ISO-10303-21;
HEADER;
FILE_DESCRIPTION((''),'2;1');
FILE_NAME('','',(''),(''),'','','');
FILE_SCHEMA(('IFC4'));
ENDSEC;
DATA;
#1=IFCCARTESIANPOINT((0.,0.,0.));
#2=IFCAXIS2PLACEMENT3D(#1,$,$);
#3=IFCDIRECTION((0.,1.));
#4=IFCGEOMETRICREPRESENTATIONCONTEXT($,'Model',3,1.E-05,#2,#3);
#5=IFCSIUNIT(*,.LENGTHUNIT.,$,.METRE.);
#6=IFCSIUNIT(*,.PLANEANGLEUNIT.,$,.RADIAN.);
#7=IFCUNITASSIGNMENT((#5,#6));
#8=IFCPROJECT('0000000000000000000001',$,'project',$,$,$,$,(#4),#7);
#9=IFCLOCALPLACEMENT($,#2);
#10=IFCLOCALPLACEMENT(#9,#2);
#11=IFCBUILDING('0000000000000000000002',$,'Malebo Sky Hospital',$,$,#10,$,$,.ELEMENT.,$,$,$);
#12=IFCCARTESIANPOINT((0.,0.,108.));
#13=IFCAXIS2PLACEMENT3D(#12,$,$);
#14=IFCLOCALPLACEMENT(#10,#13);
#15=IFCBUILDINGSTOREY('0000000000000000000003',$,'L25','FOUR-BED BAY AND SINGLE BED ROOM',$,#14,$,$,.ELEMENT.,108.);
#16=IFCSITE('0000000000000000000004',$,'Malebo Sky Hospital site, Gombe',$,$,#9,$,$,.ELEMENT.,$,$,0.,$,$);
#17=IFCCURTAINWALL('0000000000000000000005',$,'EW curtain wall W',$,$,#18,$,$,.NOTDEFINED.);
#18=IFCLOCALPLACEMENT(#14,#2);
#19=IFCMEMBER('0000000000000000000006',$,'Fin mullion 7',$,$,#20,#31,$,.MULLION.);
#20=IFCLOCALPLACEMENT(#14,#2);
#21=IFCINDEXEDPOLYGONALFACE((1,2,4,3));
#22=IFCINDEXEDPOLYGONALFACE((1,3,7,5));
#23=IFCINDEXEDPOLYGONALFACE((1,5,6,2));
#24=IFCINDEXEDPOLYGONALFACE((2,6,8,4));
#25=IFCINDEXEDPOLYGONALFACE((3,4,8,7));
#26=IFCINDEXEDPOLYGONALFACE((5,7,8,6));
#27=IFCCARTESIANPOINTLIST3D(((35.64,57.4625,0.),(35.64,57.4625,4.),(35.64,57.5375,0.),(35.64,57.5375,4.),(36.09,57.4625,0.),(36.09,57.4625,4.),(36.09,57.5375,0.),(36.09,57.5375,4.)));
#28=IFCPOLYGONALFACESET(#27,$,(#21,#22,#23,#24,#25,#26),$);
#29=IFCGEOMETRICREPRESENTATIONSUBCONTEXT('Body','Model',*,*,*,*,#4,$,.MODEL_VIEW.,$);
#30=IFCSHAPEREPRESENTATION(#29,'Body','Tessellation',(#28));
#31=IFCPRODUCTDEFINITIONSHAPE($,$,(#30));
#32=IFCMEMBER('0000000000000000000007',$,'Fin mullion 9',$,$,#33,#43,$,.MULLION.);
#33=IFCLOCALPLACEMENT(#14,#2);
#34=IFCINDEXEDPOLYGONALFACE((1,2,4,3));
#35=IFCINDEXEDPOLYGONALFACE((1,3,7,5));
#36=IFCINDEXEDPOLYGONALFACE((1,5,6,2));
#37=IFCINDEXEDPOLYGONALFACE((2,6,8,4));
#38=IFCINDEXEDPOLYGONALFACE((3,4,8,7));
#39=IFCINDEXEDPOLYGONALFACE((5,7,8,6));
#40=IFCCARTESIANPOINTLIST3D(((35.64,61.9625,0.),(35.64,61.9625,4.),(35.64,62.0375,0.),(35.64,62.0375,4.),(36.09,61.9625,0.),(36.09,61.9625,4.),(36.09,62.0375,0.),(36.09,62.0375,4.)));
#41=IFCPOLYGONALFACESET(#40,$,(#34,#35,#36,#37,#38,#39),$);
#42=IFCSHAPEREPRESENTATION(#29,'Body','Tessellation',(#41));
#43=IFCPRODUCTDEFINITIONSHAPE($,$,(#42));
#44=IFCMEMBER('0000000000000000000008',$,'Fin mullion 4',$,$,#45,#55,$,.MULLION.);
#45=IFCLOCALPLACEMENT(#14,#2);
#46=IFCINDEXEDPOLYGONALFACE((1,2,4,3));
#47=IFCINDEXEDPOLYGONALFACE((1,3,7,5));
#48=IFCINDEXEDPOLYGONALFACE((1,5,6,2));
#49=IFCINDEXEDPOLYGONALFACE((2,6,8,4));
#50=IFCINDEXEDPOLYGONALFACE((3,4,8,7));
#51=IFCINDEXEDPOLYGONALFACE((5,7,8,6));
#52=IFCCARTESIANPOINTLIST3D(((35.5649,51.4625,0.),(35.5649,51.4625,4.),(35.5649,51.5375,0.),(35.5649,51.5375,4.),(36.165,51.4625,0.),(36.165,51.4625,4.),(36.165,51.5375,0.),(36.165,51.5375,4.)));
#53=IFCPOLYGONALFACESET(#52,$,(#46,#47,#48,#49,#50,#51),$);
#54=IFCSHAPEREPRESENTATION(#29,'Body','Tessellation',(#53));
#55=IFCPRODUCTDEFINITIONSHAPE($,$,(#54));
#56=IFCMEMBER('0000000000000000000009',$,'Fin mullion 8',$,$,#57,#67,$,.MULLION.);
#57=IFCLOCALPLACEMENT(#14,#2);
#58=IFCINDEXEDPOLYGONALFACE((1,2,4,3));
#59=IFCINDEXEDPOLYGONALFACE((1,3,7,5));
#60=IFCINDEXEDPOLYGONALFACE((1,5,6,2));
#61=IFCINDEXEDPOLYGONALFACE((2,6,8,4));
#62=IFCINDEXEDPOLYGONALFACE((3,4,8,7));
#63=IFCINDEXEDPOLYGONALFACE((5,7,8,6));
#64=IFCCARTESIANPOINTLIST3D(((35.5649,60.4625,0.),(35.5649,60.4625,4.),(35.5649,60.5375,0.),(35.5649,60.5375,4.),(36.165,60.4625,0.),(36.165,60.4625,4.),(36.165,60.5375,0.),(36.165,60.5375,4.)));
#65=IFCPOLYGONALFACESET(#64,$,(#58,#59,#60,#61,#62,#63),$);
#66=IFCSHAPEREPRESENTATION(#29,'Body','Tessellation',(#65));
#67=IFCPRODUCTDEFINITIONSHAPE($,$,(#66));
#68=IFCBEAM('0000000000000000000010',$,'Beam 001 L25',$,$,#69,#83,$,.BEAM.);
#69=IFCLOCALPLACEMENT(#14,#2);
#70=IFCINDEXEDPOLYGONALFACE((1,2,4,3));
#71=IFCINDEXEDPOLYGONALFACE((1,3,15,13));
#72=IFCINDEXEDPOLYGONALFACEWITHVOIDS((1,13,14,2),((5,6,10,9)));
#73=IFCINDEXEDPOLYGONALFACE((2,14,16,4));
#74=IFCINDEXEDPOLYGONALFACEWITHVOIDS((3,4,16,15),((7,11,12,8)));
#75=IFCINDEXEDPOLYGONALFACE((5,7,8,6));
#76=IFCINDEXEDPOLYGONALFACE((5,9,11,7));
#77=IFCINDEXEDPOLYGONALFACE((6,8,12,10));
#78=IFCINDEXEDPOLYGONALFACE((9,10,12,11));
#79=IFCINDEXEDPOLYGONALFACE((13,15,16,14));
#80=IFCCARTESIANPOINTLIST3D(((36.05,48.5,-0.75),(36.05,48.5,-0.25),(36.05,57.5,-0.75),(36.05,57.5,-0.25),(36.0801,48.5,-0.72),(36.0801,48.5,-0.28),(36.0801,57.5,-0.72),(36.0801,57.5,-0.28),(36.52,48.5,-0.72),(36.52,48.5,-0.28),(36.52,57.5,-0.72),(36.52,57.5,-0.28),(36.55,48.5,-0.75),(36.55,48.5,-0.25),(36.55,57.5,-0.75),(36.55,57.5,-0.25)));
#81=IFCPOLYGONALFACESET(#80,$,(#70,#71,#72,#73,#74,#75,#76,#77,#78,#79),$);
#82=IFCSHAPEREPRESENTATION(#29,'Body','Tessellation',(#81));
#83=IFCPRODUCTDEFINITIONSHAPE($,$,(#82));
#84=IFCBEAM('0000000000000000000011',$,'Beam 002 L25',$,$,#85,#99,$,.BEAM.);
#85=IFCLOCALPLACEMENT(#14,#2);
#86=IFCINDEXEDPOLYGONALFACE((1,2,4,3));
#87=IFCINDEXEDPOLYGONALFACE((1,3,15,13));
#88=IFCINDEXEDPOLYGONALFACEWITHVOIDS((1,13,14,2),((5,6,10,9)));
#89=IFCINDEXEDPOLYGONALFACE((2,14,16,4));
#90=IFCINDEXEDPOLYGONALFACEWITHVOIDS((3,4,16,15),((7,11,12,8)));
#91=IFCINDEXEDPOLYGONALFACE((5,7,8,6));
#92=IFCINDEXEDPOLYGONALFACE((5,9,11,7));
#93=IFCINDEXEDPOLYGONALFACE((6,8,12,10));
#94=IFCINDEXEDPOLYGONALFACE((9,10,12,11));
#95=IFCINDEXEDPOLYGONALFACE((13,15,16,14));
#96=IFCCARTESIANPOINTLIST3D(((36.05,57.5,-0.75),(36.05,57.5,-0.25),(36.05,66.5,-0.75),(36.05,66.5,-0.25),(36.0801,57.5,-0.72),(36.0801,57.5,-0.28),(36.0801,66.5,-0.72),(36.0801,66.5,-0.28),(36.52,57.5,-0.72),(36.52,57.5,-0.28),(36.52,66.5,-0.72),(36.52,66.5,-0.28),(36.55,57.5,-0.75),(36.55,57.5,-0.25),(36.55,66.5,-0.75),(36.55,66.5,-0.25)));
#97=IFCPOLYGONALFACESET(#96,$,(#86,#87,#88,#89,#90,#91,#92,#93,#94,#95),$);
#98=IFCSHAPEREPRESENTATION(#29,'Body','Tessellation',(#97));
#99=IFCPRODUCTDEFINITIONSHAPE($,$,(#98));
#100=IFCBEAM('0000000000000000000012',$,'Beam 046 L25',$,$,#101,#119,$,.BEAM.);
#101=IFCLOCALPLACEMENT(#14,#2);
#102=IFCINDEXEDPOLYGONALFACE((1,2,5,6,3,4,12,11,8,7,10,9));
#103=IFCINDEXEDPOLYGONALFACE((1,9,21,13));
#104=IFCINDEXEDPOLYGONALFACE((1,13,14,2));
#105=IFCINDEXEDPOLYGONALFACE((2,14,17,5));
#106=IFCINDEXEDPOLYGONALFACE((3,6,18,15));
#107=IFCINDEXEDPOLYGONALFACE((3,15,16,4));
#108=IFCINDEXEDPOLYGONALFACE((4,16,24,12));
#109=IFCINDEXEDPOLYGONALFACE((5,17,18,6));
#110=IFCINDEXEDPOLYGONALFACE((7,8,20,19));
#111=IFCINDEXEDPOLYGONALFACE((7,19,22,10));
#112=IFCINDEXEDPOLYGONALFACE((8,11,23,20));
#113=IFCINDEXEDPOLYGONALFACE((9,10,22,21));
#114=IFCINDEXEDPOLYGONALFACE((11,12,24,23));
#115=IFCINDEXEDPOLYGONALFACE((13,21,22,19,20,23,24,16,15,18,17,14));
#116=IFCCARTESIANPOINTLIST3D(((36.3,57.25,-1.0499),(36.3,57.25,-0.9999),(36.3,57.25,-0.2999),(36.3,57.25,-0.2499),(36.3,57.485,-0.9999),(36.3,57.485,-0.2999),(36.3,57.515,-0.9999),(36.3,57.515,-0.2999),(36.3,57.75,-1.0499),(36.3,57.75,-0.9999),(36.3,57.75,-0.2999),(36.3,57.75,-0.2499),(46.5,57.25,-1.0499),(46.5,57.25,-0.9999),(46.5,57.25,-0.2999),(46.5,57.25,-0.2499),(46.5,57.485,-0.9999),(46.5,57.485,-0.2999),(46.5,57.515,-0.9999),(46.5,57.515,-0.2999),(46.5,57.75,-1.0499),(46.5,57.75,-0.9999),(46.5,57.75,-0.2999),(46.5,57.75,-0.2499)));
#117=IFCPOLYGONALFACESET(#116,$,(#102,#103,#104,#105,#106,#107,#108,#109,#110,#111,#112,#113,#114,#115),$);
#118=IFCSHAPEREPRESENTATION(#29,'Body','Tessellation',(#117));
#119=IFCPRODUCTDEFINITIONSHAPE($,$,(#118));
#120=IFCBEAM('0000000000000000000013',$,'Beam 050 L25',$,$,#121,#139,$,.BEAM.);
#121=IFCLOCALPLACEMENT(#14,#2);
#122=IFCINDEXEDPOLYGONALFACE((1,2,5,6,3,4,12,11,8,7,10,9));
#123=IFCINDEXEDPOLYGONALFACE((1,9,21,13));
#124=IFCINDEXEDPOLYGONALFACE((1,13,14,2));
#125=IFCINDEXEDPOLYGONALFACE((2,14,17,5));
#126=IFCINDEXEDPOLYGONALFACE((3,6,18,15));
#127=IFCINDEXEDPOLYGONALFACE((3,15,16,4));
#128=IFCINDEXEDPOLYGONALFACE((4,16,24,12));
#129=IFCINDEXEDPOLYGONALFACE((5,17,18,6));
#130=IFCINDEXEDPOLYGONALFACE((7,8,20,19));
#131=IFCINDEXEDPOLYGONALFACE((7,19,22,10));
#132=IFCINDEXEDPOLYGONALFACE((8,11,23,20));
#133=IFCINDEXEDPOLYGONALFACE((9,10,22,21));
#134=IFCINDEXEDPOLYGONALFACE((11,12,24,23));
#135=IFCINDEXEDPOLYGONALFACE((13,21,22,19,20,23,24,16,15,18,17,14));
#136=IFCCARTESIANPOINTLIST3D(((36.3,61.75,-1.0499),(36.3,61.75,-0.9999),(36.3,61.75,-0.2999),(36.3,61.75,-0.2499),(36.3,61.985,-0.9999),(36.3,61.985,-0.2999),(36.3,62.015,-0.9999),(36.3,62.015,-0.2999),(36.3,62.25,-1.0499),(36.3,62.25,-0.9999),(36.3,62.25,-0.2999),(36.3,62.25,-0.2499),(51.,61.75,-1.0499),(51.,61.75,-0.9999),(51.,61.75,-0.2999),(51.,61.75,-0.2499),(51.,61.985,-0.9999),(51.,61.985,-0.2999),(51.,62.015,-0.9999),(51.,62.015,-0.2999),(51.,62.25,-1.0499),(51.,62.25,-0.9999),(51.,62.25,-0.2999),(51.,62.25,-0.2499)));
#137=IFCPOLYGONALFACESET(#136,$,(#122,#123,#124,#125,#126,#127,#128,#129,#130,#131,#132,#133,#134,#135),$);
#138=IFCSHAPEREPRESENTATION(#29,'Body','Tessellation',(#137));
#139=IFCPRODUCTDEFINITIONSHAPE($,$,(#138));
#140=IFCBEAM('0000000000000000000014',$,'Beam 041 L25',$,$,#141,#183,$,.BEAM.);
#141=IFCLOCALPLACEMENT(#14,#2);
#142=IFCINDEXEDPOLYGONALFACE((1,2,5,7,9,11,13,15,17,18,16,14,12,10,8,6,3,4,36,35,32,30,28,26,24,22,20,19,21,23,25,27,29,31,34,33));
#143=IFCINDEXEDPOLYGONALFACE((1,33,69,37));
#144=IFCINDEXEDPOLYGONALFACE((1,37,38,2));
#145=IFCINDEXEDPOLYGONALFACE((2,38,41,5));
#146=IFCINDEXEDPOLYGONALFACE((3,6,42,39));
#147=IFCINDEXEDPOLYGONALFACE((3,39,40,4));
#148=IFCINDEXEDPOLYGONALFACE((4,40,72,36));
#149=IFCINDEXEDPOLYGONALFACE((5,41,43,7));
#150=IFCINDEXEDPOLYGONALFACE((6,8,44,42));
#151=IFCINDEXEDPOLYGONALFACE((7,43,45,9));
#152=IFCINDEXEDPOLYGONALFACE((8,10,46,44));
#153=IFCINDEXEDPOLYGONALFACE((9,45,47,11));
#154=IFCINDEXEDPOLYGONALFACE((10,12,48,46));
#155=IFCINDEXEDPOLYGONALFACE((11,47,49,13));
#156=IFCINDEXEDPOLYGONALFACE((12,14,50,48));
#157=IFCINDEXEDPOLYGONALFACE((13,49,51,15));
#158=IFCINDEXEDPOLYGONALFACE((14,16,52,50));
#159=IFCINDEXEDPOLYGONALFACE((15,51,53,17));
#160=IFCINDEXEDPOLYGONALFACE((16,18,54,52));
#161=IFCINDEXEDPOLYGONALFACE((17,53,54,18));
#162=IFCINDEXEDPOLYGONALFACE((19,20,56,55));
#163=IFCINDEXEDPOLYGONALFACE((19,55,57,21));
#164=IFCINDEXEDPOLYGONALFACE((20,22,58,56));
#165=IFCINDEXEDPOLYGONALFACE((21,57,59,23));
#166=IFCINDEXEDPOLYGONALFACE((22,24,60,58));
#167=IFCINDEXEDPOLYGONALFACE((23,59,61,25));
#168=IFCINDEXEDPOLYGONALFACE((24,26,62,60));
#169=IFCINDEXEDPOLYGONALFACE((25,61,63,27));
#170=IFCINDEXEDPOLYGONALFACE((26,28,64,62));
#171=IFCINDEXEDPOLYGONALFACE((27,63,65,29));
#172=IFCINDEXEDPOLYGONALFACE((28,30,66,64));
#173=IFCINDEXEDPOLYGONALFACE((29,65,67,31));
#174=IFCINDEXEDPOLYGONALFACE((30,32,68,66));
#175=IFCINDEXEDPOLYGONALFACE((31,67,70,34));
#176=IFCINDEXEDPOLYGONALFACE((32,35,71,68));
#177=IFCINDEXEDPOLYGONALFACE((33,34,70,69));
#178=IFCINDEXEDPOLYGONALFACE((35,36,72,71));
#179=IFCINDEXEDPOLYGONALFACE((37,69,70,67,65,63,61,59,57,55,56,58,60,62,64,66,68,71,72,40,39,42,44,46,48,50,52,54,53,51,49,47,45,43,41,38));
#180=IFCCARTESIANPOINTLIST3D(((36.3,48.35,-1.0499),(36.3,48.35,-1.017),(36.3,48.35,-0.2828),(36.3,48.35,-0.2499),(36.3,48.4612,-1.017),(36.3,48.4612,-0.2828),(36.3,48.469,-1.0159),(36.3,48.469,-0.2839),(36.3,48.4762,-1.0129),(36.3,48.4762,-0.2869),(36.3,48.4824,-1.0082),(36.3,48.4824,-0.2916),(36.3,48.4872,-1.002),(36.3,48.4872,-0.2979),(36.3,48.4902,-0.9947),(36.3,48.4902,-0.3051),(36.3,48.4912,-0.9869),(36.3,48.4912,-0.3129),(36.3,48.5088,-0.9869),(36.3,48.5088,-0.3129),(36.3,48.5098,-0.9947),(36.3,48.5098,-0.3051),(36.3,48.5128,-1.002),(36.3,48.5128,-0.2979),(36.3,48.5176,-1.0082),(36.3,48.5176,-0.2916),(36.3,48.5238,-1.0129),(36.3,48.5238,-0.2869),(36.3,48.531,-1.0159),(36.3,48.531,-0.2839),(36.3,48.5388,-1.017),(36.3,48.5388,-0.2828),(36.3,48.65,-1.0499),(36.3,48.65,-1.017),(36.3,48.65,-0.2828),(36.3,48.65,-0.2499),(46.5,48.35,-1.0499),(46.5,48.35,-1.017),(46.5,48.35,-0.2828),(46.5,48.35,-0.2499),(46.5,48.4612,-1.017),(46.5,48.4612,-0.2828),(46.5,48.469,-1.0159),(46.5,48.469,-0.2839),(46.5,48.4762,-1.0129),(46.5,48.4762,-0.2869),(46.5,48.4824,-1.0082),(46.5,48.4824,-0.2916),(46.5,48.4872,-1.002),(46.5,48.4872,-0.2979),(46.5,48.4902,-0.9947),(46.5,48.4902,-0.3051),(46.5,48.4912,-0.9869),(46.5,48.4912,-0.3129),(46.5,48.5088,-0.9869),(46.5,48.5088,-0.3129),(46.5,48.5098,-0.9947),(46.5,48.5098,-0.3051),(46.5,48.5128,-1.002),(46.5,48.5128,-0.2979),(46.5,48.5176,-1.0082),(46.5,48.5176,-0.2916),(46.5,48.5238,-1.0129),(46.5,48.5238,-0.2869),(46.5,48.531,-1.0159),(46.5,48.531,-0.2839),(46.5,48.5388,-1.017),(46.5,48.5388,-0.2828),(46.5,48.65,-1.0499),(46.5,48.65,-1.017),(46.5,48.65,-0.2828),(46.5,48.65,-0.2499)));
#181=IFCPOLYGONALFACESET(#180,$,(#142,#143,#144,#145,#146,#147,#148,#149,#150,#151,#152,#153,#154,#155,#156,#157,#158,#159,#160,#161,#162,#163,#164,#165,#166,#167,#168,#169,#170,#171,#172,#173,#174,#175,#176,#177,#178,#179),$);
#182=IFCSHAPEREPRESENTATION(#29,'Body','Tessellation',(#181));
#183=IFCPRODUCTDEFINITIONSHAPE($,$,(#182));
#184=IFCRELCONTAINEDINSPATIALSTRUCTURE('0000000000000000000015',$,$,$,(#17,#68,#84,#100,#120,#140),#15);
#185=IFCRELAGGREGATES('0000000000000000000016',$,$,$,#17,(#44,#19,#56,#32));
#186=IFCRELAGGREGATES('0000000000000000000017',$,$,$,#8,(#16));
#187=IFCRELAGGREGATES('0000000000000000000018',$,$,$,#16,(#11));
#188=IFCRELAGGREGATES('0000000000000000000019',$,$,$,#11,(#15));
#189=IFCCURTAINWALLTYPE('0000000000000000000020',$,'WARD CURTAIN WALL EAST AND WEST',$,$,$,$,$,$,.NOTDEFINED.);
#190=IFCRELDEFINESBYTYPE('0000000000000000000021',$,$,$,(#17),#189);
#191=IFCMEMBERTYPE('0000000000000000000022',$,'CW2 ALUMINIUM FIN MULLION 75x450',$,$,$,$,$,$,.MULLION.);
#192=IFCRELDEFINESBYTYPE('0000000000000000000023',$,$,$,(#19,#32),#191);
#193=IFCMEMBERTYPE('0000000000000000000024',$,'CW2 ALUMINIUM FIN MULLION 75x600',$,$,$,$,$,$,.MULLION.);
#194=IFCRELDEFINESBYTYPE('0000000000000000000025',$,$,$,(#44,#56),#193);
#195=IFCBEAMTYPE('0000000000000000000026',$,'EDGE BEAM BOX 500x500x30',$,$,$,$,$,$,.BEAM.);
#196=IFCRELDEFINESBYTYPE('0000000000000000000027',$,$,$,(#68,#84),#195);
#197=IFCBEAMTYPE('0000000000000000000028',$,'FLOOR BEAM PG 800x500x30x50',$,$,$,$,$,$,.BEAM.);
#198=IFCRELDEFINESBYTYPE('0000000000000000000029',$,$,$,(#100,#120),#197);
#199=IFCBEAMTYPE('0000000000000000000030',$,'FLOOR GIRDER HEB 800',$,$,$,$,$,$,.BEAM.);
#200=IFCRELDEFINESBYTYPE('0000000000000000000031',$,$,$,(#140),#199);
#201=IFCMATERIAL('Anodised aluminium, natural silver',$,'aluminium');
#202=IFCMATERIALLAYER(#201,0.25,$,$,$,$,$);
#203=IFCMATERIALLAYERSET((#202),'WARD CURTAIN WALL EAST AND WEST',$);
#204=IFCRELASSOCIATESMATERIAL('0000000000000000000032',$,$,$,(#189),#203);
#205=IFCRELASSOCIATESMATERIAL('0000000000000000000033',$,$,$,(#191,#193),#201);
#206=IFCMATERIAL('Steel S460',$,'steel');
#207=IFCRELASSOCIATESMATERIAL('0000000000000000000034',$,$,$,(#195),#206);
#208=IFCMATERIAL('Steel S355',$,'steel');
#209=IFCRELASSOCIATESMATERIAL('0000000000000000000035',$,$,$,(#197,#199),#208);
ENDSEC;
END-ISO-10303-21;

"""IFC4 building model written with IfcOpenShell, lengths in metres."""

from ifc_helpers import new_model, si_unit, direction, frame, origin, origin_2d, place, context, subcontext, project, spatial, rectangle, hollow_rectangle, i_section, extrude, material, layer, layer_set, material_profile, profile_set, type_object, element, aggregate, save


model = new_model("IFC4")

# Units and contexts
model_context = context("Model", 3, precision=1e-05, world=origin(), true_north=direction((0.0, 1.0)))
body_context = subcontext(model_context, "Body", "Model", "MODEL_VIEW")
ifc_project = project(units=[si_unit("LENGTHUNIT", "METRE"), si_unit("PLANEANGLEUNIT", "RADIAN")], contexts=[model_context])

# Site, building, storey
site_placement = place(None, origin())
site = spatial("IfcSite", under=ifc_project, at=site_placement, Name="Malebo Sky Hospital site, Gombe", CompositionType="ELEMENT", RefElevation=0.0)
building_placement = place(site_placement, origin())
building = spatial("IfcBuilding", under=site, at=building_placement, Name="Malebo Sky Hospital", CompositionType="ELEMENT")
storey_placement = place(building_placement, frame((0.0, 0.0, 108.0)))
storey = spatial("IfcBuildingStorey", under=building, at=storey_placement, Name="L25", Description="FOUR-BED BAY AND SINGLE BED ROOM", CompositionType="ELEMENT", Elevation=108.0)

# Shared definitions
ifc_material_1 = material(Name="Steel S460", Category="steel")

# Curtain wall
ifc_material_2 = material(Name="Anodised aluminium, natural silver", Category="aluminium")
ifc_layer_1 = layer(ifc_material_2, 0.25)
ifc_layer_set_1 = layer_set([ifc_layer_1], Name="WARD CURTAIN WALL EAST AND WEST")
curtain_wall_type = type_object("IfcCurtainWallType", Name="WARD CURTAIN WALL EAST AND WEST", PredefinedType="NOTDEFINED", material=ifc_layer_set_1)
curtain_wall_placement = place(storey_placement, origin())
curtain_wall = element("IfcCurtainWall", 1, at=curtain_wall_placement, inside=storey, type_object=curtain_wall_type, Name="EW curtain wall W", PredefinedType="NOTDEFINED")

# Members
ifc_material_3 = material(Name="Steel S355", Category="steel")
ifc_material_profile_1 = material_profile(ifc_material_2, rectangle(XDim=0.075, YDim=0.45, at=origin_2d()), Name="CW2 ALUMINIUM FIN MULLION 75x450")
ifc_profile_set_1 = profile_set([ifc_material_profile_1], Name="Anodised aluminium, natural silver")
member_type_1 = type_object("IfcMemberType", Name="CW2 ALUMINIUM FIN MULLION 75x450", PredefinedType="MULLION", material=ifc_profile_set_1)
member_1_placement = place(storey_placement, frame((35.865, 57.5, 0.0), z_axis=(0.0, 0.0, 1.0), x_axis=(0.0, 1.0, 0.0)))
member_1 = element("IfcMember", 2, at=member_1_placement, type_object=member_type_1, Name="Fin mullion 7", PredefinedType="MULLION", context=body_context, shape_type="SweptSolid", body=[
    extrude(rectangle(XDim=0.075, YDim=0.45, at=origin_2d()), origin(), (0.0, 0.0, 1.0), 4.0),
])
member_2_placement = place(storey_placement, frame((35.865, 62.0, 0.0), z_axis=(0.0, 0.0, 1.0), x_axis=(0.0, 1.0, 0.0)))
member_2 = element("IfcMember", 3, at=member_2_placement, type_object=member_type_1, Name="Fin mullion 9", PredefinedType="MULLION", context=body_context, shape_type="SweptSolid", body=[
    extrude(rectangle(XDim=0.075, YDim=0.45, at=origin_2d()), origin(), (0.0, 0.0, 1.0), 4.0),
])
ifc_material_profile_2 = material_profile(ifc_material_2, rectangle(XDim=0.075, YDim=0.6001, at=origin_2d()), Name="CW2 ALUMINIUM FIN MULLION 75x600")
ifc_profile_set_2 = profile_set([ifc_material_profile_2], Name="Anodised aluminium, natural silver")
member_type_2 = type_object("IfcMemberType", Name="CW2 ALUMINIUM FIN MULLION 75x600", PredefinedType="MULLION", material=ifc_profile_set_2)
member_3_placement = place(storey_placement, frame((35.865, 51.5, 0.0), z_axis=(0.0, 0.0, 1.0), x_axis=(0.0, 1.0, 0.0)))
member_3 = element("IfcMember", 4, at=member_3_placement, type_object=member_type_2, Name="Fin mullion 4", PredefinedType="MULLION", context=body_context, shape_type="SweptSolid", body=[
    extrude(rectangle(XDim=0.075, YDim=0.6001, at=origin_2d()), origin(), (0.0, 0.0, 1.0), 4.0),
])
member_4_placement = place(storey_placement, frame((35.865, 60.5, 0.0), z_axis=(0.0, 0.0, 1.0), x_axis=(0.0, 1.0, 0.0)))
member_4 = element("IfcMember", 5, at=member_4_placement, type_object=member_type_2, Name="Fin mullion 8", PredefinedType="MULLION", context=body_context, shape_type="SweptSolid", body=[
    extrude(rectangle(XDim=0.075, YDim=0.6001, at=origin_2d()), origin(), (0.0, 0.0, 1.0), 4.0),
])

# Beams
ifc_material_profile_3 = material_profile(ifc_material_1, hollow_rectangle(XDim=0.5, YDim=0.5, WallThickness=0.03, at=origin_2d()), Name="BOX 500x500x30")
ifc_profile_set_3 = profile_set([ifc_material_profile_3], Name="Steel S460")
beam_type_1 = type_object("IfcBeamType", Name="EDGE BEAM BOX 500x500x30", PredefinedType="BEAM", material=ifc_profile_set_3)
for number, where, z_axis, x_axis, name in (
    (6, (36.3, 48.5, -0.5), (0.0, 1.0, 0.0), (-1.0, 0.0, 0.0), "Beam 001 L25"),
    (7, (36.3, 57.5, -0.5), (0.0, 1.0, 0.0), (-1.0, 0.0, 0.0), "Beam 002 L25"),
):
    element("IfcBeam", number, at=place(storey_placement, frame(where, z_axis=z_axis, x_axis=x_axis)), inside=storey, type_object=beam_type_1, Name=name, PredefinedType="BEAM", context=body_context, shape_type="SweptSolid", body=[
        extrude(hollow_rectangle(XDim=0.5, YDim=0.5, WallThickness=0.03, at=origin_2d()), origin(), (0.0, 0.0, 1.0), 9.0),
    ])
ifc_material_profile_4 = material_profile(ifc_material_3, i_section(OverallWidth=0.5, OverallDepth=0.8, WebThickness=0.03, FlangeThickness=0.05, at=origin_2d()), Name="PG 800x500x30x50")
ifc_profile_set_4 = profile_set([ifc_material_profile_4], Name="Steel S355")
beam_type_2 = type_object("IfcBeamType", Name="FLOOR BEAM PG 800x500x30x50", PredefinedType="BEAM", material=ifc_profile_set_4)
beam_1_placement = place(storey_placement, frame((36.3, 57.5, -0.6499), z_axis=(1.0, 0.0, 0.0), x_axis=(0.0, 1.0, 0.0)))
element("IfcBeam", 8, at=beam_1_placement, inside=storey, type_object=beam_type_2, Name="Beam 046 L25", PredefinedType="BEAM", context=body_context, shape_type="SweptSolid", body=[
    extrude(i_section(OverallWidth=0.5, OverallDepth=0.8, WebThickness=0.03, FlangeThickness=0.05, at=origin_2d()), origin(), (0.0, 0.0, 1.0), 10.2),
])
beam_2_placement = place(storey_placement, frame((36.3, 62.0, -0.6499), z_axis=(1.0, 0.0, 0.0), x_axis=(0.0, 1.0, 0.0)))
element("IfcBeam", 9, at=beam_2_placement, inside=storey, type_object=beam_type_2, Name="Beam 050 L25", PredefinedType="BEAM", context=body_context, shape_type="SweptSolid", body=[
    extrude(i_section(OverallWidth=0.5, OverallDepth=0.8, WebThickness=0.03, FlangeThickness=0.05, at=origin_2d()), origin(), (0.0, 0.0, 1.0), 14.7),
])
ifc_material_profile_5 = material_profile(ifc_material_3, i_section(OverallWidth=0.3, OverallDepth=0.8, WebThickness=0.0176, FlangeThickness=0.033, FilletRadius=0.03, at=origin_2d()), Name="HEB 800")
ifc_profile_set_5 = profile_set([ifc_material_profile_5], Name="Steel S355")
beam_type_3 = type_object("IfcBeamType", Name="FLOOR GIRDER HEB 800", PredefinedType="BEAM", material=ifc_profile_set_5)
beam_3_placement = place(storey_placement, frame((36.3, 48.5, -0.6499), z_axis=(1.0, 0.0, 0.0), x_axis=(0.0, 1.0, 0.0)))
element("IfcBeam", 10, at=beam_3_placement, inside=storey, type_object=beam_type_3, Name="Beam 041 L25", PredefinedType="BEAM", context=body_context, shape_type="SweptSolid", body=[
    extrude(i_section(OverallWidth=0.3, OverallDepth=0.8, WebThickness=0.0176, FlangeThickness=0.033, FilletRadius=0.03, at=origin_2d()), origin(), (0.0, 0.0, 1.0), 10.2),
])

aggregate(curtain_wall, [member_3, member_1, member_4, member_2])

save(model, "model.ifc")
